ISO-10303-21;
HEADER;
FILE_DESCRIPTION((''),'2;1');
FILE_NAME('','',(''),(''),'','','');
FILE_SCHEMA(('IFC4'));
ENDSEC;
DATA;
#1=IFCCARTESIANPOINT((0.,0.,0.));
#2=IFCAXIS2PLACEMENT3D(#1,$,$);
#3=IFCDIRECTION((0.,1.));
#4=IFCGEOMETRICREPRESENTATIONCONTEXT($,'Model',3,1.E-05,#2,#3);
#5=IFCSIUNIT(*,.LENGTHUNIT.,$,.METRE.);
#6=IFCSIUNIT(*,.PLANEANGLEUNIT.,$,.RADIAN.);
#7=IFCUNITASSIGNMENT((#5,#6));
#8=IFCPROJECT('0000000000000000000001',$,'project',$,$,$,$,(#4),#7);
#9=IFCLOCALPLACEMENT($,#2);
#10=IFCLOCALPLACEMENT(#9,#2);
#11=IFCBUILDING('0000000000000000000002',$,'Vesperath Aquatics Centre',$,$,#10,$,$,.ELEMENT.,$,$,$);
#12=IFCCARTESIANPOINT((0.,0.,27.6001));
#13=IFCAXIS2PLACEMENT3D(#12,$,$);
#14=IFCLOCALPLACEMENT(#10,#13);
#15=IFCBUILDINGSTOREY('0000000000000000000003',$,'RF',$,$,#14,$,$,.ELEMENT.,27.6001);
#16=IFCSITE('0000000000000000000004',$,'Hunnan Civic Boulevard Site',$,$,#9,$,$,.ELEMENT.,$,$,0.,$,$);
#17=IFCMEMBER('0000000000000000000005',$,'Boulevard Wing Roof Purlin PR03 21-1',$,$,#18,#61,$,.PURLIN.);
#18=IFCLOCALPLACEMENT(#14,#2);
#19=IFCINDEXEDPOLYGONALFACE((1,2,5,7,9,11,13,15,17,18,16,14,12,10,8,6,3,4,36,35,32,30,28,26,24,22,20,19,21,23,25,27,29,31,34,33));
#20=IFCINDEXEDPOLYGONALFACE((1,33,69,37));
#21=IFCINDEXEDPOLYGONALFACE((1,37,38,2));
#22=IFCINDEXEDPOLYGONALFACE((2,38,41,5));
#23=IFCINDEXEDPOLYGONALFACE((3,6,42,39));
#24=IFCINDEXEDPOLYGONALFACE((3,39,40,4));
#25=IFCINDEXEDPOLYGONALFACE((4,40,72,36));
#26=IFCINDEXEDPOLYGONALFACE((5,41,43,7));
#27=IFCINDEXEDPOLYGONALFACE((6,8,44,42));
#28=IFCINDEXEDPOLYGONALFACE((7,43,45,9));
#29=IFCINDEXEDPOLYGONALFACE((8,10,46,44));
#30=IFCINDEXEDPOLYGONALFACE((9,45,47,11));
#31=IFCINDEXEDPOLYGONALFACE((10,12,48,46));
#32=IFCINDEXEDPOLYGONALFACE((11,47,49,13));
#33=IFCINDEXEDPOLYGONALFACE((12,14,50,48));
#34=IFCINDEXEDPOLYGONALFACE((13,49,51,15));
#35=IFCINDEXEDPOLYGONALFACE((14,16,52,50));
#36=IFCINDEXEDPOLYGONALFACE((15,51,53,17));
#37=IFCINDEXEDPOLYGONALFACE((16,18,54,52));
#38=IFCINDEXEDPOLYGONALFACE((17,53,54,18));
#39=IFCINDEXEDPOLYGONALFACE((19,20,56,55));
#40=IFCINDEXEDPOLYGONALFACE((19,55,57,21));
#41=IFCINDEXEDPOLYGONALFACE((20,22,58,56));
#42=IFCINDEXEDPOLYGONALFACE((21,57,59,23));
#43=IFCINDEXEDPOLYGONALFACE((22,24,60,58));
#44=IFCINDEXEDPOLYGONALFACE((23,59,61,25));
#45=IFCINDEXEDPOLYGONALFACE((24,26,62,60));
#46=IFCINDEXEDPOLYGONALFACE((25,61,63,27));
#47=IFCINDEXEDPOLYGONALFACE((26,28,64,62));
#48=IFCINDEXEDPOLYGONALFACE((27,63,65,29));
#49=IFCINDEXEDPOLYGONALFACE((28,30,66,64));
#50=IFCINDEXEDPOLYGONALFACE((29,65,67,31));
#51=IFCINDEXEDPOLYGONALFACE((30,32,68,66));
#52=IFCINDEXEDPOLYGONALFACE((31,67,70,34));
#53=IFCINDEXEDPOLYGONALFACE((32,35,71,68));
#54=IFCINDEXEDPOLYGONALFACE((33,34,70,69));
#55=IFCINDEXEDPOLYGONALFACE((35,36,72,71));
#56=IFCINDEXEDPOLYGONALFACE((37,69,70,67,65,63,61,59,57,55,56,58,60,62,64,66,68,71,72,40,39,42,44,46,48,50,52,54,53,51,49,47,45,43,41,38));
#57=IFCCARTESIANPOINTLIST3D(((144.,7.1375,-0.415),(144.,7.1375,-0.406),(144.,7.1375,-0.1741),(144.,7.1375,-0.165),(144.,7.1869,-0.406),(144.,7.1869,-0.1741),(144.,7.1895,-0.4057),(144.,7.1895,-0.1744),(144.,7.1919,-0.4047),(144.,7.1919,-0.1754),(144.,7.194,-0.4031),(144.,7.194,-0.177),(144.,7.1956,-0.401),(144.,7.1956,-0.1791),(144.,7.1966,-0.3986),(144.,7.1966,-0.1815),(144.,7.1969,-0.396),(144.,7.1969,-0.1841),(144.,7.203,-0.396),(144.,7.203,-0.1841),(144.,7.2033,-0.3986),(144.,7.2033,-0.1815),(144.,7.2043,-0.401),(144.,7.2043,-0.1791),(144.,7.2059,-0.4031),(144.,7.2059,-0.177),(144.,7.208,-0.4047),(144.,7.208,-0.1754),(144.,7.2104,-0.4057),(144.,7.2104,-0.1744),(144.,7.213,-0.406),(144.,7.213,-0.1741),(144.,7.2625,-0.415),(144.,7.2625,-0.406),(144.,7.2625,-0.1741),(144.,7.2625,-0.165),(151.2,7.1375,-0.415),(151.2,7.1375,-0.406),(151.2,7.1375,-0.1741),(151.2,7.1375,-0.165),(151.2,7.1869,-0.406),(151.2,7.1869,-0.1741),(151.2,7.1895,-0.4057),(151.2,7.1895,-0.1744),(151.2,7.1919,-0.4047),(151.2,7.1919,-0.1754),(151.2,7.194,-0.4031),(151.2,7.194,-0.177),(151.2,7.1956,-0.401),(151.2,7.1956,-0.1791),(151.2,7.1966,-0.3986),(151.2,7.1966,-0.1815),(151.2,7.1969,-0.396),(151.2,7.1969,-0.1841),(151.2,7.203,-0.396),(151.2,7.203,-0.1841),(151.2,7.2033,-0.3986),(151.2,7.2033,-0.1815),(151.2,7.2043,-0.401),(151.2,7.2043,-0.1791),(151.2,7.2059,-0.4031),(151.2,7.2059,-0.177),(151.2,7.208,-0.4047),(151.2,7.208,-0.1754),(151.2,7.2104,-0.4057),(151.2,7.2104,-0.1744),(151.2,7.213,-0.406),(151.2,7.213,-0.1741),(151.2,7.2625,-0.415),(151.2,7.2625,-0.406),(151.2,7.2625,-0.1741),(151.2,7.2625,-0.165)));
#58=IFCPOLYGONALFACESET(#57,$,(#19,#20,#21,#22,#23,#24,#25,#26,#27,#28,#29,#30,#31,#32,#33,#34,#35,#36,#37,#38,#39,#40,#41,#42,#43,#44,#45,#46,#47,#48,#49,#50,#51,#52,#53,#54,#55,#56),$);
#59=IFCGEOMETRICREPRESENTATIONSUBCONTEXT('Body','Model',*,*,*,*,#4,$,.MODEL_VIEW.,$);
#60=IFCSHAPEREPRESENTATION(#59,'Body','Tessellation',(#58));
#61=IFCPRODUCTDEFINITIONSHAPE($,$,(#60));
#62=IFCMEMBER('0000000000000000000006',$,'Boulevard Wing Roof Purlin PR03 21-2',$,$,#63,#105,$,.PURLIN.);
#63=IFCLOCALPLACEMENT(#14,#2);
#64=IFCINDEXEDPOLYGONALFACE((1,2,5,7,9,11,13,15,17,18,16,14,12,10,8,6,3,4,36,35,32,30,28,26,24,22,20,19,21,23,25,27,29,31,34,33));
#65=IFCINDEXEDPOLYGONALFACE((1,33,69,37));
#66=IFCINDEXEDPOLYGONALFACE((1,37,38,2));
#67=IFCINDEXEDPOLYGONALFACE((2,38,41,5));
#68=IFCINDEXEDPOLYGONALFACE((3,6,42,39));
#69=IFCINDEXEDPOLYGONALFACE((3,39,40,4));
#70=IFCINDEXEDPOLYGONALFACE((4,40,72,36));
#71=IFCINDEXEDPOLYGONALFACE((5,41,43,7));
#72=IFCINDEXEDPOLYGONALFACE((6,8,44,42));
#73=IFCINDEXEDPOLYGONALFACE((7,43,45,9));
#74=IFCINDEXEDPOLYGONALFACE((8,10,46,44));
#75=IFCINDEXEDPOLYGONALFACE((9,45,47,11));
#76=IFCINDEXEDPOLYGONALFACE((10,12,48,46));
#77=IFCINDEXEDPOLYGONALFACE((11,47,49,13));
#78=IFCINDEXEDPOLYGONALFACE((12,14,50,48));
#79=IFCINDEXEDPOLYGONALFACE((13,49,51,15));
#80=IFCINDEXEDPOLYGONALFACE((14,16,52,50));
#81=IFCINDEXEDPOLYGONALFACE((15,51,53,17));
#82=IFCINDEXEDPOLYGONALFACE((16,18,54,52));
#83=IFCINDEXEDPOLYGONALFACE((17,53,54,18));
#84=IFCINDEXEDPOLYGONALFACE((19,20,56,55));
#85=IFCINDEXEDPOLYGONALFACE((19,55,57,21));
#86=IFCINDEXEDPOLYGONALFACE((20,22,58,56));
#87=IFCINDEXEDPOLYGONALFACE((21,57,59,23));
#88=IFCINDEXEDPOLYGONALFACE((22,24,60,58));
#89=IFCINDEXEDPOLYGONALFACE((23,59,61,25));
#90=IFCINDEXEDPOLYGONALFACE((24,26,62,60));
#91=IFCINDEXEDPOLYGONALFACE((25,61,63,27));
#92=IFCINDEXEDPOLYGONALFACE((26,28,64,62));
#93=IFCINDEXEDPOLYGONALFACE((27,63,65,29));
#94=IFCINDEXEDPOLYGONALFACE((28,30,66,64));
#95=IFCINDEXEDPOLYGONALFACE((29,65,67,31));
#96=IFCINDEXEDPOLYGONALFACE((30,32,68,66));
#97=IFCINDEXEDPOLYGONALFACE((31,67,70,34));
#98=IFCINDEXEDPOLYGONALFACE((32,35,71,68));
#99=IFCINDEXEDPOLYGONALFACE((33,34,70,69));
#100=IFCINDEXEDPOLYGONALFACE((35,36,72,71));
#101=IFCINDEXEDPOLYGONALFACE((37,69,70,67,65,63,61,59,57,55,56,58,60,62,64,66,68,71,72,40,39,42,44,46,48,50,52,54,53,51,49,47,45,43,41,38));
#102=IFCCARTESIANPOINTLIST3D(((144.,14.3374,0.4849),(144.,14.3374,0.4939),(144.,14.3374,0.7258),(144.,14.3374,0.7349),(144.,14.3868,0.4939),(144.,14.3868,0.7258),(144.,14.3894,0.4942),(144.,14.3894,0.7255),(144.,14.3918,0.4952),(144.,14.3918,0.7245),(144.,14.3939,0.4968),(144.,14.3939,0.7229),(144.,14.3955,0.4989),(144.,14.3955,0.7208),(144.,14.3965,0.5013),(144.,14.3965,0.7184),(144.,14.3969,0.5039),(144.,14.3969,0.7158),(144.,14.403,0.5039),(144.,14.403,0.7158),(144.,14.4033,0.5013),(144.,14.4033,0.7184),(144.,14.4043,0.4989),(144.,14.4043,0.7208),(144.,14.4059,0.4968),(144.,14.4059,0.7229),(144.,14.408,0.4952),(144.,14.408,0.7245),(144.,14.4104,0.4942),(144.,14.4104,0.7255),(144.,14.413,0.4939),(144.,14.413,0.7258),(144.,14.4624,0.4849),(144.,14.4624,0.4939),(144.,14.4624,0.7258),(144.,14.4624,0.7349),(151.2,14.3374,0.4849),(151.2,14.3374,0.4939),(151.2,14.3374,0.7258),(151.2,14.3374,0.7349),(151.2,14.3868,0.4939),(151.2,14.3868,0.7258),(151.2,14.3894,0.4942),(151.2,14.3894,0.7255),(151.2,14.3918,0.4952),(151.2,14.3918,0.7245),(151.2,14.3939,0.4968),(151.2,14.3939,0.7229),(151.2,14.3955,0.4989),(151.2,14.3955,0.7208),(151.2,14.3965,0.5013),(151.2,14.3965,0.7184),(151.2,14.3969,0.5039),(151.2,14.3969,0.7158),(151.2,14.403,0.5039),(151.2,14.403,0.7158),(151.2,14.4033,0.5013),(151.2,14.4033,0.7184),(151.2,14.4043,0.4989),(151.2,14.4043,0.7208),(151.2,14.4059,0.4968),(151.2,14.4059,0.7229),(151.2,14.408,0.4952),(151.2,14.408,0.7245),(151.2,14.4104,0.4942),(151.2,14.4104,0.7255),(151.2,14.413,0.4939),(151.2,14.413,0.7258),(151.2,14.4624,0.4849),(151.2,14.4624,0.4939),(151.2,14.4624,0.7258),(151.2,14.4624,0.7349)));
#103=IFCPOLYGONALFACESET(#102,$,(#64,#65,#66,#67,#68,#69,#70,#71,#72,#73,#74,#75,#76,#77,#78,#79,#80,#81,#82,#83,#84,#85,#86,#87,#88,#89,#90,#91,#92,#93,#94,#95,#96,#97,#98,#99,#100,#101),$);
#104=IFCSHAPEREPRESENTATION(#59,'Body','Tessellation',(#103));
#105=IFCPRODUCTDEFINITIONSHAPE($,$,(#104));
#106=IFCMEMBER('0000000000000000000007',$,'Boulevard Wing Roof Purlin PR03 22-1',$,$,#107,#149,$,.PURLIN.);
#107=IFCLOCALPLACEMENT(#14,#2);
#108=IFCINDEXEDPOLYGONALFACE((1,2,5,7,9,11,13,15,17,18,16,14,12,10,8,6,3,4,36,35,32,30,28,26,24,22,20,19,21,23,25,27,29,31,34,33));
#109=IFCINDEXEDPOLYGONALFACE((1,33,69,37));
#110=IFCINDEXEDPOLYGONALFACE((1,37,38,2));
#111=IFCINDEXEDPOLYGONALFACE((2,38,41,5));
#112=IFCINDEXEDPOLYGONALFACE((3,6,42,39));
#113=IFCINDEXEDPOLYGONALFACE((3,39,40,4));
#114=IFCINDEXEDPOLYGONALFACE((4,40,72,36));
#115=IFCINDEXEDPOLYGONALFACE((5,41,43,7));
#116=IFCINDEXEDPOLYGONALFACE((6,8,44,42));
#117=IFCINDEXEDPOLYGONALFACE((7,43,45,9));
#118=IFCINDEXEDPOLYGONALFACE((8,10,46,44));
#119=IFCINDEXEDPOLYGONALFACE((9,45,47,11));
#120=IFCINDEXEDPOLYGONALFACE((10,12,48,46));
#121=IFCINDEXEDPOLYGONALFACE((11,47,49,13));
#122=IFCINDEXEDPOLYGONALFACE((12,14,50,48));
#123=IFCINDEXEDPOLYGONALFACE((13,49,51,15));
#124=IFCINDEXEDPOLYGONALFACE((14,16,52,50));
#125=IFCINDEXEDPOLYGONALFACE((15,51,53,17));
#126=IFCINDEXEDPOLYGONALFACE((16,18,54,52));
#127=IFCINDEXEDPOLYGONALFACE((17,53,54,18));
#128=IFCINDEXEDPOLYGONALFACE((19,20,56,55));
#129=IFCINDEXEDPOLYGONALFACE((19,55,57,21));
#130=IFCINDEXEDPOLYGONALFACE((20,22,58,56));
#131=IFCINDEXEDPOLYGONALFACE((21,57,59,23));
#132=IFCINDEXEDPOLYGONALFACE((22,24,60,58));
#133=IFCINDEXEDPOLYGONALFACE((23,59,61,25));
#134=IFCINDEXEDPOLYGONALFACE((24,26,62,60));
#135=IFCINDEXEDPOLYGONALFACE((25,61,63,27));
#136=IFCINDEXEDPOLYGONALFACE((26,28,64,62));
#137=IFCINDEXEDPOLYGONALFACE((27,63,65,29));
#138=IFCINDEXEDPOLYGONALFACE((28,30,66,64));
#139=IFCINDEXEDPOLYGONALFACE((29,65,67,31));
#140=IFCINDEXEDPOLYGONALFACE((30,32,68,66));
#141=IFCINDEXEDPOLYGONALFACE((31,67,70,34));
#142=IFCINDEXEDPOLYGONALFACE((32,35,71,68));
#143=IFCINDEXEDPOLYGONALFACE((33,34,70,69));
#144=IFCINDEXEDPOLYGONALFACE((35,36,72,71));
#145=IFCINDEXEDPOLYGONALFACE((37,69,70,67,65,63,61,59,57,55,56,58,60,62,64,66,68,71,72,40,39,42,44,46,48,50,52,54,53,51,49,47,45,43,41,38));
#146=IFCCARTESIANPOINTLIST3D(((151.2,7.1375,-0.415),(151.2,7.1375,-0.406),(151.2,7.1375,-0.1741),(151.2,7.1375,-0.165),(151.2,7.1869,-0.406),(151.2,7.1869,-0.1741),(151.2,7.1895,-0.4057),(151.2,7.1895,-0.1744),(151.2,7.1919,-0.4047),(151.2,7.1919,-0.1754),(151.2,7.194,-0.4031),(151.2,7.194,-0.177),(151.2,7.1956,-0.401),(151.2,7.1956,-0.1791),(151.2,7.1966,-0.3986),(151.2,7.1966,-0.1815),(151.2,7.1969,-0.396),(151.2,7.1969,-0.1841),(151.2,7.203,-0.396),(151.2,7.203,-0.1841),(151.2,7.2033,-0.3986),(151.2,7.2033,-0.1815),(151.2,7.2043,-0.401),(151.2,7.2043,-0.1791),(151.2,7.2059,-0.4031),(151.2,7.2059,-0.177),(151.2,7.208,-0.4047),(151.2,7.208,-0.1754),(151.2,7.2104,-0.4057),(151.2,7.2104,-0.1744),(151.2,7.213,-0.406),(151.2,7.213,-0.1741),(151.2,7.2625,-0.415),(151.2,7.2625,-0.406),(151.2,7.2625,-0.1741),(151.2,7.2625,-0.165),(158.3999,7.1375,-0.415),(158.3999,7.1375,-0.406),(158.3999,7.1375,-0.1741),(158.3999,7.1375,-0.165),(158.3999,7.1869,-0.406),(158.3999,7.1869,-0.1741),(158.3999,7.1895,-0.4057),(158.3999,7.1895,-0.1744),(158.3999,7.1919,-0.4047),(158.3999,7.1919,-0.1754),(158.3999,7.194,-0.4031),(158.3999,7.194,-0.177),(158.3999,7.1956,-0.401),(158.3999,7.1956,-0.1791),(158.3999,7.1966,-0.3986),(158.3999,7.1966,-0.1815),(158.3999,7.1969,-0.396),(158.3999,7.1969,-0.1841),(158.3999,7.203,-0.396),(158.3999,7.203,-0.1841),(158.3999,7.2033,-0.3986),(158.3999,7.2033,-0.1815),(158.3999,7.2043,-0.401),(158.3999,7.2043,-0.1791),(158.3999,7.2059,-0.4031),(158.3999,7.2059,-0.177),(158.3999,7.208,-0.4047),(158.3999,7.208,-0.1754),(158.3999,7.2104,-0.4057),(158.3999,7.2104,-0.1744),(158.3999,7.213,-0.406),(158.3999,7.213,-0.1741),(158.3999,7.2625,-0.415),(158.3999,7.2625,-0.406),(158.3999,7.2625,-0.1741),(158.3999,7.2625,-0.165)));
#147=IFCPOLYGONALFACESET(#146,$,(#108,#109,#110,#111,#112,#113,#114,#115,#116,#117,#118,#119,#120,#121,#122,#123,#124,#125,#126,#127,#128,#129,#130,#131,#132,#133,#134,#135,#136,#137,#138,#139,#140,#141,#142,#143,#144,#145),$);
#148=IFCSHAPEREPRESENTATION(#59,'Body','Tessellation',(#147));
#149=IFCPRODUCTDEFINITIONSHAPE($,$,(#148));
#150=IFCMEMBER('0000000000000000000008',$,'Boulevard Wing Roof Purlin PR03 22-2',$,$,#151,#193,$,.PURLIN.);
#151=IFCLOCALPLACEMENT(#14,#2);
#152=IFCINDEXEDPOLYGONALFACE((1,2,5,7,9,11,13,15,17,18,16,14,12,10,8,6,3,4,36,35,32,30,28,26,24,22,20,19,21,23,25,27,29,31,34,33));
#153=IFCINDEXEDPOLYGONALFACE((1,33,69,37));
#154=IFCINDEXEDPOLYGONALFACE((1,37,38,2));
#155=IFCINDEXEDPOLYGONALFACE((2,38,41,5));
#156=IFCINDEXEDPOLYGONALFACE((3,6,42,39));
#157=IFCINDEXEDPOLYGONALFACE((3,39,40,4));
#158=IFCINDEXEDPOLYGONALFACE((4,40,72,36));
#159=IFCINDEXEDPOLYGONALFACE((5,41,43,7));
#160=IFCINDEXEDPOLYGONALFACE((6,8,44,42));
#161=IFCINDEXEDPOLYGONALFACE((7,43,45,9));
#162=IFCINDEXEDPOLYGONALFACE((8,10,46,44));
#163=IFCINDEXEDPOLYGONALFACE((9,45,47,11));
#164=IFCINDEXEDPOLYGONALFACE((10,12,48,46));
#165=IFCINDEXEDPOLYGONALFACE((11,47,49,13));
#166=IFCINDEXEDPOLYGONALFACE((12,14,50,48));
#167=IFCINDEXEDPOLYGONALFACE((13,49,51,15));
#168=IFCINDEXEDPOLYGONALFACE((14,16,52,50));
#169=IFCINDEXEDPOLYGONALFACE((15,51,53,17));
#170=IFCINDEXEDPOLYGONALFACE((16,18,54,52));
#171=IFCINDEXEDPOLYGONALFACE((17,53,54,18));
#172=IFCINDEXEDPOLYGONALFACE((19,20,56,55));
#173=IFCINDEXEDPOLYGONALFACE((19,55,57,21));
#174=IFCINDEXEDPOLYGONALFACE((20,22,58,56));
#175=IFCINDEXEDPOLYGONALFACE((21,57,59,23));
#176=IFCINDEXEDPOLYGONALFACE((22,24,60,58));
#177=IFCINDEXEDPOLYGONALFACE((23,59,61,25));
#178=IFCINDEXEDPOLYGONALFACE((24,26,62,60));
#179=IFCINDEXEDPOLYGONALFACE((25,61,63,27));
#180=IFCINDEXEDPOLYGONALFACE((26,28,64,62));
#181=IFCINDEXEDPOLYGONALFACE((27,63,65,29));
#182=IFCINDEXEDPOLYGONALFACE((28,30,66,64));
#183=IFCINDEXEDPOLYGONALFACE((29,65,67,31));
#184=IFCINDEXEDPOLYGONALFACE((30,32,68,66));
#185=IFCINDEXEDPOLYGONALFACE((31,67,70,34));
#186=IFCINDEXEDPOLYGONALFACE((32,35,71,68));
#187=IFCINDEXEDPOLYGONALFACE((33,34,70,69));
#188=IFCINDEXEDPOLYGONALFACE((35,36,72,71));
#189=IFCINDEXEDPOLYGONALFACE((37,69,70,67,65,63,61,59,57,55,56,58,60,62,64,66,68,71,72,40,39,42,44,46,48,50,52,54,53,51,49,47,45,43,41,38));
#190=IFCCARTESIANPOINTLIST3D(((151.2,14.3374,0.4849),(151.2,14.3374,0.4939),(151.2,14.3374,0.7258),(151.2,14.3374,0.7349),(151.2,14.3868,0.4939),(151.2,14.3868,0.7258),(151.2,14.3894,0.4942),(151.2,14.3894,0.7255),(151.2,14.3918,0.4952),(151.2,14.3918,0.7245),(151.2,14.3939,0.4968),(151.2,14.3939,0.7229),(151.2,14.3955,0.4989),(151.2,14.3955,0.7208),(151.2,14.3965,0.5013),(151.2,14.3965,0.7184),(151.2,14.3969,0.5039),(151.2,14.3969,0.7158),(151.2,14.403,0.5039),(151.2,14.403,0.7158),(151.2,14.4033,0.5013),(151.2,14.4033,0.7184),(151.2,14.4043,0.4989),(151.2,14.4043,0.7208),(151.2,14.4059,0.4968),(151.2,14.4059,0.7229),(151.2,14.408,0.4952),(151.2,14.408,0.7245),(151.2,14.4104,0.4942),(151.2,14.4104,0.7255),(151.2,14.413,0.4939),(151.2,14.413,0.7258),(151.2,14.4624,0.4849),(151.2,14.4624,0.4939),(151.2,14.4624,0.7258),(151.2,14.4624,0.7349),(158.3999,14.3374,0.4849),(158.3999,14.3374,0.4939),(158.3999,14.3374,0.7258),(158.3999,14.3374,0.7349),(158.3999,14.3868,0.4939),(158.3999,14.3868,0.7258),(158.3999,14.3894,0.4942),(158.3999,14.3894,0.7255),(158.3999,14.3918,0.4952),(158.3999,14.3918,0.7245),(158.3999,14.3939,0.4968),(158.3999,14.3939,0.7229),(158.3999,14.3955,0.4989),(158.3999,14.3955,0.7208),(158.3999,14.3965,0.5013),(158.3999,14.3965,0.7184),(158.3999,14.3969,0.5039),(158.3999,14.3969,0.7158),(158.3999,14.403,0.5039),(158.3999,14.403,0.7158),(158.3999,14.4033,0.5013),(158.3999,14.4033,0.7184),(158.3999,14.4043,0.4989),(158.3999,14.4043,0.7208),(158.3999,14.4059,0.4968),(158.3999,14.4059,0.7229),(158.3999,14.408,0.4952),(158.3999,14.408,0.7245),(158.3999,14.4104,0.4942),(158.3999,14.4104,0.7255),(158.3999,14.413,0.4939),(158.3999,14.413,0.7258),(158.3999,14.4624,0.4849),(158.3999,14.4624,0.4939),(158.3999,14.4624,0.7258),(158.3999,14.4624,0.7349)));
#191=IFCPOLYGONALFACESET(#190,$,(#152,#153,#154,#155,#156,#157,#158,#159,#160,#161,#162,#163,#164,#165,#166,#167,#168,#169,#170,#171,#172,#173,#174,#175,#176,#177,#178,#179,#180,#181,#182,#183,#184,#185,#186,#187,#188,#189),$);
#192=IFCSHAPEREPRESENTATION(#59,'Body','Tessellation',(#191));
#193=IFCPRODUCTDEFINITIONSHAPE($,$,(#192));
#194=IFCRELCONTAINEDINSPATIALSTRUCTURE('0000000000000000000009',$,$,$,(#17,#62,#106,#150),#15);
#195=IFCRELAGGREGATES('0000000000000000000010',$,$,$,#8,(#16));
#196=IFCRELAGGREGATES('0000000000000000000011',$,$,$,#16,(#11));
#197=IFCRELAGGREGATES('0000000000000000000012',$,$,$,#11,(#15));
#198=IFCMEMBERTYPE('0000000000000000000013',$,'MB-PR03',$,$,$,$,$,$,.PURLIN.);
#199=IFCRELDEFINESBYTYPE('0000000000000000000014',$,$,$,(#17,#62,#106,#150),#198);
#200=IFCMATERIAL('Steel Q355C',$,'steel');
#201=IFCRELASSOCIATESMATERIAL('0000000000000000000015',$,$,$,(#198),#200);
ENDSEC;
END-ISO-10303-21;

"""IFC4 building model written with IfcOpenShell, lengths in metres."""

from ifc_helpers import new_model, si_unit, direction, frame, origin, origin_2d, place, context, subcontext, project, spatial, i_section, extrude, material, material_profile, profile_set, type_object, element, save


model = new_model("IFC4")

# Units and contexts
model_context = context("Model", 3, precision=1e-05, world=origin(), true_north=direction((0.0, 1.0)))
body_context = subcontext(model_context, "Body", "Model", "MODEL_VIEW")
ifc_project = project(units=[si_unit("LENGTHUNIT", "METRE"), si_unit("PLANEANGLEUNIT", "RADIAN")], contexts=[model_context])

# Site, building, storey
site_placement = place(None, origin())
site = spatial("IfcSite", under=ifc_project, at=site_placement, Name="Hunnan Civic Boulevard Site", CompositionType="ELEMENT", RefElevation=0.0)
building_placement = place(site_placement, origin())
building = spatial("IfcBuilding", under=site, at=building_placement, Name="Vesperath Aquatics Centre", CompositionType="ELEMENT")
storey_placement = place(building_placement, frame((0.0, 0.0, 27.6001)))
storey = spatial("IfcBuildingStorey", under=building, at=storey_placement, Name="RF", CompositionType="ELEMENT", Elevation=27.6001)

# Shared definitions
ifc_material_1 = material(Name="Steel Q355C", Category="steel")

# Members
ifc_material_profile_1 = material_profile(ifc_material_1, i_section(OverallWidth=0.125, OverallDepth=0.25, WebThickness=0.0061, FlangeThickness=0.009, FilletRadius=0.01, at=origin_2d()), Name="HN 250x125x6x9")
ifc_profile_set_1 = profile_set([ifc_material_profile_1], Name="Steel Q355C")
member_type_1 = type_object("IfcMemberType", Name="MB-PR03", PredefinedType="PURLIN", material=ifc_profile_set_1)
for number, where, z_axis, x_axis, name in (
    (1, (144.0, 7.2, -0.29), (1.0, 0.0, 0.0), (0.0, 1.0, 0.0), "Boulevard Wing Roof Purlin PR03 21-1"),
    (2, (144.0, 14.3999, 0.6099), (1.0, 0.0, 0.0), (0.0, 1.0, 0.0), "Boulevard Wing Roof Purlin PR03 21-2"),
    (3, (151.2, 7.2, -0.29), (1.0, 0.0, 0.0), (0.0, 1.0, 0.0), "Boulevard Wing Roof Purlin PR03 22-1"),
    (4, (151.2, 14.3999, 0.6099), (1.0, 0.0, 0.0), (0.0, 1.0, 0.0), "Boulevard Wing Roof Purlin PR03 22-2"),
):
    element("IfcMember", number, at=place(storey_placement, frame(where, z_axis=z_axis, x_axis=x_axis)), inside=storey, type_object=member_type_1, Name=name, PredefinedType="PURLIN", context=body_context, shape_type="SweptSolid", body=[
        extrude(i_section(OverallWidth=0.125, OverallDepth=0.25, WebThickness=0.0061, FlangeThickness=0.009, FilletRadius=0.01, at=origin_2d()), origin(), (0.0, 0.0, 1.0), 7.2),
    ])

save(model, "model.ifc")
